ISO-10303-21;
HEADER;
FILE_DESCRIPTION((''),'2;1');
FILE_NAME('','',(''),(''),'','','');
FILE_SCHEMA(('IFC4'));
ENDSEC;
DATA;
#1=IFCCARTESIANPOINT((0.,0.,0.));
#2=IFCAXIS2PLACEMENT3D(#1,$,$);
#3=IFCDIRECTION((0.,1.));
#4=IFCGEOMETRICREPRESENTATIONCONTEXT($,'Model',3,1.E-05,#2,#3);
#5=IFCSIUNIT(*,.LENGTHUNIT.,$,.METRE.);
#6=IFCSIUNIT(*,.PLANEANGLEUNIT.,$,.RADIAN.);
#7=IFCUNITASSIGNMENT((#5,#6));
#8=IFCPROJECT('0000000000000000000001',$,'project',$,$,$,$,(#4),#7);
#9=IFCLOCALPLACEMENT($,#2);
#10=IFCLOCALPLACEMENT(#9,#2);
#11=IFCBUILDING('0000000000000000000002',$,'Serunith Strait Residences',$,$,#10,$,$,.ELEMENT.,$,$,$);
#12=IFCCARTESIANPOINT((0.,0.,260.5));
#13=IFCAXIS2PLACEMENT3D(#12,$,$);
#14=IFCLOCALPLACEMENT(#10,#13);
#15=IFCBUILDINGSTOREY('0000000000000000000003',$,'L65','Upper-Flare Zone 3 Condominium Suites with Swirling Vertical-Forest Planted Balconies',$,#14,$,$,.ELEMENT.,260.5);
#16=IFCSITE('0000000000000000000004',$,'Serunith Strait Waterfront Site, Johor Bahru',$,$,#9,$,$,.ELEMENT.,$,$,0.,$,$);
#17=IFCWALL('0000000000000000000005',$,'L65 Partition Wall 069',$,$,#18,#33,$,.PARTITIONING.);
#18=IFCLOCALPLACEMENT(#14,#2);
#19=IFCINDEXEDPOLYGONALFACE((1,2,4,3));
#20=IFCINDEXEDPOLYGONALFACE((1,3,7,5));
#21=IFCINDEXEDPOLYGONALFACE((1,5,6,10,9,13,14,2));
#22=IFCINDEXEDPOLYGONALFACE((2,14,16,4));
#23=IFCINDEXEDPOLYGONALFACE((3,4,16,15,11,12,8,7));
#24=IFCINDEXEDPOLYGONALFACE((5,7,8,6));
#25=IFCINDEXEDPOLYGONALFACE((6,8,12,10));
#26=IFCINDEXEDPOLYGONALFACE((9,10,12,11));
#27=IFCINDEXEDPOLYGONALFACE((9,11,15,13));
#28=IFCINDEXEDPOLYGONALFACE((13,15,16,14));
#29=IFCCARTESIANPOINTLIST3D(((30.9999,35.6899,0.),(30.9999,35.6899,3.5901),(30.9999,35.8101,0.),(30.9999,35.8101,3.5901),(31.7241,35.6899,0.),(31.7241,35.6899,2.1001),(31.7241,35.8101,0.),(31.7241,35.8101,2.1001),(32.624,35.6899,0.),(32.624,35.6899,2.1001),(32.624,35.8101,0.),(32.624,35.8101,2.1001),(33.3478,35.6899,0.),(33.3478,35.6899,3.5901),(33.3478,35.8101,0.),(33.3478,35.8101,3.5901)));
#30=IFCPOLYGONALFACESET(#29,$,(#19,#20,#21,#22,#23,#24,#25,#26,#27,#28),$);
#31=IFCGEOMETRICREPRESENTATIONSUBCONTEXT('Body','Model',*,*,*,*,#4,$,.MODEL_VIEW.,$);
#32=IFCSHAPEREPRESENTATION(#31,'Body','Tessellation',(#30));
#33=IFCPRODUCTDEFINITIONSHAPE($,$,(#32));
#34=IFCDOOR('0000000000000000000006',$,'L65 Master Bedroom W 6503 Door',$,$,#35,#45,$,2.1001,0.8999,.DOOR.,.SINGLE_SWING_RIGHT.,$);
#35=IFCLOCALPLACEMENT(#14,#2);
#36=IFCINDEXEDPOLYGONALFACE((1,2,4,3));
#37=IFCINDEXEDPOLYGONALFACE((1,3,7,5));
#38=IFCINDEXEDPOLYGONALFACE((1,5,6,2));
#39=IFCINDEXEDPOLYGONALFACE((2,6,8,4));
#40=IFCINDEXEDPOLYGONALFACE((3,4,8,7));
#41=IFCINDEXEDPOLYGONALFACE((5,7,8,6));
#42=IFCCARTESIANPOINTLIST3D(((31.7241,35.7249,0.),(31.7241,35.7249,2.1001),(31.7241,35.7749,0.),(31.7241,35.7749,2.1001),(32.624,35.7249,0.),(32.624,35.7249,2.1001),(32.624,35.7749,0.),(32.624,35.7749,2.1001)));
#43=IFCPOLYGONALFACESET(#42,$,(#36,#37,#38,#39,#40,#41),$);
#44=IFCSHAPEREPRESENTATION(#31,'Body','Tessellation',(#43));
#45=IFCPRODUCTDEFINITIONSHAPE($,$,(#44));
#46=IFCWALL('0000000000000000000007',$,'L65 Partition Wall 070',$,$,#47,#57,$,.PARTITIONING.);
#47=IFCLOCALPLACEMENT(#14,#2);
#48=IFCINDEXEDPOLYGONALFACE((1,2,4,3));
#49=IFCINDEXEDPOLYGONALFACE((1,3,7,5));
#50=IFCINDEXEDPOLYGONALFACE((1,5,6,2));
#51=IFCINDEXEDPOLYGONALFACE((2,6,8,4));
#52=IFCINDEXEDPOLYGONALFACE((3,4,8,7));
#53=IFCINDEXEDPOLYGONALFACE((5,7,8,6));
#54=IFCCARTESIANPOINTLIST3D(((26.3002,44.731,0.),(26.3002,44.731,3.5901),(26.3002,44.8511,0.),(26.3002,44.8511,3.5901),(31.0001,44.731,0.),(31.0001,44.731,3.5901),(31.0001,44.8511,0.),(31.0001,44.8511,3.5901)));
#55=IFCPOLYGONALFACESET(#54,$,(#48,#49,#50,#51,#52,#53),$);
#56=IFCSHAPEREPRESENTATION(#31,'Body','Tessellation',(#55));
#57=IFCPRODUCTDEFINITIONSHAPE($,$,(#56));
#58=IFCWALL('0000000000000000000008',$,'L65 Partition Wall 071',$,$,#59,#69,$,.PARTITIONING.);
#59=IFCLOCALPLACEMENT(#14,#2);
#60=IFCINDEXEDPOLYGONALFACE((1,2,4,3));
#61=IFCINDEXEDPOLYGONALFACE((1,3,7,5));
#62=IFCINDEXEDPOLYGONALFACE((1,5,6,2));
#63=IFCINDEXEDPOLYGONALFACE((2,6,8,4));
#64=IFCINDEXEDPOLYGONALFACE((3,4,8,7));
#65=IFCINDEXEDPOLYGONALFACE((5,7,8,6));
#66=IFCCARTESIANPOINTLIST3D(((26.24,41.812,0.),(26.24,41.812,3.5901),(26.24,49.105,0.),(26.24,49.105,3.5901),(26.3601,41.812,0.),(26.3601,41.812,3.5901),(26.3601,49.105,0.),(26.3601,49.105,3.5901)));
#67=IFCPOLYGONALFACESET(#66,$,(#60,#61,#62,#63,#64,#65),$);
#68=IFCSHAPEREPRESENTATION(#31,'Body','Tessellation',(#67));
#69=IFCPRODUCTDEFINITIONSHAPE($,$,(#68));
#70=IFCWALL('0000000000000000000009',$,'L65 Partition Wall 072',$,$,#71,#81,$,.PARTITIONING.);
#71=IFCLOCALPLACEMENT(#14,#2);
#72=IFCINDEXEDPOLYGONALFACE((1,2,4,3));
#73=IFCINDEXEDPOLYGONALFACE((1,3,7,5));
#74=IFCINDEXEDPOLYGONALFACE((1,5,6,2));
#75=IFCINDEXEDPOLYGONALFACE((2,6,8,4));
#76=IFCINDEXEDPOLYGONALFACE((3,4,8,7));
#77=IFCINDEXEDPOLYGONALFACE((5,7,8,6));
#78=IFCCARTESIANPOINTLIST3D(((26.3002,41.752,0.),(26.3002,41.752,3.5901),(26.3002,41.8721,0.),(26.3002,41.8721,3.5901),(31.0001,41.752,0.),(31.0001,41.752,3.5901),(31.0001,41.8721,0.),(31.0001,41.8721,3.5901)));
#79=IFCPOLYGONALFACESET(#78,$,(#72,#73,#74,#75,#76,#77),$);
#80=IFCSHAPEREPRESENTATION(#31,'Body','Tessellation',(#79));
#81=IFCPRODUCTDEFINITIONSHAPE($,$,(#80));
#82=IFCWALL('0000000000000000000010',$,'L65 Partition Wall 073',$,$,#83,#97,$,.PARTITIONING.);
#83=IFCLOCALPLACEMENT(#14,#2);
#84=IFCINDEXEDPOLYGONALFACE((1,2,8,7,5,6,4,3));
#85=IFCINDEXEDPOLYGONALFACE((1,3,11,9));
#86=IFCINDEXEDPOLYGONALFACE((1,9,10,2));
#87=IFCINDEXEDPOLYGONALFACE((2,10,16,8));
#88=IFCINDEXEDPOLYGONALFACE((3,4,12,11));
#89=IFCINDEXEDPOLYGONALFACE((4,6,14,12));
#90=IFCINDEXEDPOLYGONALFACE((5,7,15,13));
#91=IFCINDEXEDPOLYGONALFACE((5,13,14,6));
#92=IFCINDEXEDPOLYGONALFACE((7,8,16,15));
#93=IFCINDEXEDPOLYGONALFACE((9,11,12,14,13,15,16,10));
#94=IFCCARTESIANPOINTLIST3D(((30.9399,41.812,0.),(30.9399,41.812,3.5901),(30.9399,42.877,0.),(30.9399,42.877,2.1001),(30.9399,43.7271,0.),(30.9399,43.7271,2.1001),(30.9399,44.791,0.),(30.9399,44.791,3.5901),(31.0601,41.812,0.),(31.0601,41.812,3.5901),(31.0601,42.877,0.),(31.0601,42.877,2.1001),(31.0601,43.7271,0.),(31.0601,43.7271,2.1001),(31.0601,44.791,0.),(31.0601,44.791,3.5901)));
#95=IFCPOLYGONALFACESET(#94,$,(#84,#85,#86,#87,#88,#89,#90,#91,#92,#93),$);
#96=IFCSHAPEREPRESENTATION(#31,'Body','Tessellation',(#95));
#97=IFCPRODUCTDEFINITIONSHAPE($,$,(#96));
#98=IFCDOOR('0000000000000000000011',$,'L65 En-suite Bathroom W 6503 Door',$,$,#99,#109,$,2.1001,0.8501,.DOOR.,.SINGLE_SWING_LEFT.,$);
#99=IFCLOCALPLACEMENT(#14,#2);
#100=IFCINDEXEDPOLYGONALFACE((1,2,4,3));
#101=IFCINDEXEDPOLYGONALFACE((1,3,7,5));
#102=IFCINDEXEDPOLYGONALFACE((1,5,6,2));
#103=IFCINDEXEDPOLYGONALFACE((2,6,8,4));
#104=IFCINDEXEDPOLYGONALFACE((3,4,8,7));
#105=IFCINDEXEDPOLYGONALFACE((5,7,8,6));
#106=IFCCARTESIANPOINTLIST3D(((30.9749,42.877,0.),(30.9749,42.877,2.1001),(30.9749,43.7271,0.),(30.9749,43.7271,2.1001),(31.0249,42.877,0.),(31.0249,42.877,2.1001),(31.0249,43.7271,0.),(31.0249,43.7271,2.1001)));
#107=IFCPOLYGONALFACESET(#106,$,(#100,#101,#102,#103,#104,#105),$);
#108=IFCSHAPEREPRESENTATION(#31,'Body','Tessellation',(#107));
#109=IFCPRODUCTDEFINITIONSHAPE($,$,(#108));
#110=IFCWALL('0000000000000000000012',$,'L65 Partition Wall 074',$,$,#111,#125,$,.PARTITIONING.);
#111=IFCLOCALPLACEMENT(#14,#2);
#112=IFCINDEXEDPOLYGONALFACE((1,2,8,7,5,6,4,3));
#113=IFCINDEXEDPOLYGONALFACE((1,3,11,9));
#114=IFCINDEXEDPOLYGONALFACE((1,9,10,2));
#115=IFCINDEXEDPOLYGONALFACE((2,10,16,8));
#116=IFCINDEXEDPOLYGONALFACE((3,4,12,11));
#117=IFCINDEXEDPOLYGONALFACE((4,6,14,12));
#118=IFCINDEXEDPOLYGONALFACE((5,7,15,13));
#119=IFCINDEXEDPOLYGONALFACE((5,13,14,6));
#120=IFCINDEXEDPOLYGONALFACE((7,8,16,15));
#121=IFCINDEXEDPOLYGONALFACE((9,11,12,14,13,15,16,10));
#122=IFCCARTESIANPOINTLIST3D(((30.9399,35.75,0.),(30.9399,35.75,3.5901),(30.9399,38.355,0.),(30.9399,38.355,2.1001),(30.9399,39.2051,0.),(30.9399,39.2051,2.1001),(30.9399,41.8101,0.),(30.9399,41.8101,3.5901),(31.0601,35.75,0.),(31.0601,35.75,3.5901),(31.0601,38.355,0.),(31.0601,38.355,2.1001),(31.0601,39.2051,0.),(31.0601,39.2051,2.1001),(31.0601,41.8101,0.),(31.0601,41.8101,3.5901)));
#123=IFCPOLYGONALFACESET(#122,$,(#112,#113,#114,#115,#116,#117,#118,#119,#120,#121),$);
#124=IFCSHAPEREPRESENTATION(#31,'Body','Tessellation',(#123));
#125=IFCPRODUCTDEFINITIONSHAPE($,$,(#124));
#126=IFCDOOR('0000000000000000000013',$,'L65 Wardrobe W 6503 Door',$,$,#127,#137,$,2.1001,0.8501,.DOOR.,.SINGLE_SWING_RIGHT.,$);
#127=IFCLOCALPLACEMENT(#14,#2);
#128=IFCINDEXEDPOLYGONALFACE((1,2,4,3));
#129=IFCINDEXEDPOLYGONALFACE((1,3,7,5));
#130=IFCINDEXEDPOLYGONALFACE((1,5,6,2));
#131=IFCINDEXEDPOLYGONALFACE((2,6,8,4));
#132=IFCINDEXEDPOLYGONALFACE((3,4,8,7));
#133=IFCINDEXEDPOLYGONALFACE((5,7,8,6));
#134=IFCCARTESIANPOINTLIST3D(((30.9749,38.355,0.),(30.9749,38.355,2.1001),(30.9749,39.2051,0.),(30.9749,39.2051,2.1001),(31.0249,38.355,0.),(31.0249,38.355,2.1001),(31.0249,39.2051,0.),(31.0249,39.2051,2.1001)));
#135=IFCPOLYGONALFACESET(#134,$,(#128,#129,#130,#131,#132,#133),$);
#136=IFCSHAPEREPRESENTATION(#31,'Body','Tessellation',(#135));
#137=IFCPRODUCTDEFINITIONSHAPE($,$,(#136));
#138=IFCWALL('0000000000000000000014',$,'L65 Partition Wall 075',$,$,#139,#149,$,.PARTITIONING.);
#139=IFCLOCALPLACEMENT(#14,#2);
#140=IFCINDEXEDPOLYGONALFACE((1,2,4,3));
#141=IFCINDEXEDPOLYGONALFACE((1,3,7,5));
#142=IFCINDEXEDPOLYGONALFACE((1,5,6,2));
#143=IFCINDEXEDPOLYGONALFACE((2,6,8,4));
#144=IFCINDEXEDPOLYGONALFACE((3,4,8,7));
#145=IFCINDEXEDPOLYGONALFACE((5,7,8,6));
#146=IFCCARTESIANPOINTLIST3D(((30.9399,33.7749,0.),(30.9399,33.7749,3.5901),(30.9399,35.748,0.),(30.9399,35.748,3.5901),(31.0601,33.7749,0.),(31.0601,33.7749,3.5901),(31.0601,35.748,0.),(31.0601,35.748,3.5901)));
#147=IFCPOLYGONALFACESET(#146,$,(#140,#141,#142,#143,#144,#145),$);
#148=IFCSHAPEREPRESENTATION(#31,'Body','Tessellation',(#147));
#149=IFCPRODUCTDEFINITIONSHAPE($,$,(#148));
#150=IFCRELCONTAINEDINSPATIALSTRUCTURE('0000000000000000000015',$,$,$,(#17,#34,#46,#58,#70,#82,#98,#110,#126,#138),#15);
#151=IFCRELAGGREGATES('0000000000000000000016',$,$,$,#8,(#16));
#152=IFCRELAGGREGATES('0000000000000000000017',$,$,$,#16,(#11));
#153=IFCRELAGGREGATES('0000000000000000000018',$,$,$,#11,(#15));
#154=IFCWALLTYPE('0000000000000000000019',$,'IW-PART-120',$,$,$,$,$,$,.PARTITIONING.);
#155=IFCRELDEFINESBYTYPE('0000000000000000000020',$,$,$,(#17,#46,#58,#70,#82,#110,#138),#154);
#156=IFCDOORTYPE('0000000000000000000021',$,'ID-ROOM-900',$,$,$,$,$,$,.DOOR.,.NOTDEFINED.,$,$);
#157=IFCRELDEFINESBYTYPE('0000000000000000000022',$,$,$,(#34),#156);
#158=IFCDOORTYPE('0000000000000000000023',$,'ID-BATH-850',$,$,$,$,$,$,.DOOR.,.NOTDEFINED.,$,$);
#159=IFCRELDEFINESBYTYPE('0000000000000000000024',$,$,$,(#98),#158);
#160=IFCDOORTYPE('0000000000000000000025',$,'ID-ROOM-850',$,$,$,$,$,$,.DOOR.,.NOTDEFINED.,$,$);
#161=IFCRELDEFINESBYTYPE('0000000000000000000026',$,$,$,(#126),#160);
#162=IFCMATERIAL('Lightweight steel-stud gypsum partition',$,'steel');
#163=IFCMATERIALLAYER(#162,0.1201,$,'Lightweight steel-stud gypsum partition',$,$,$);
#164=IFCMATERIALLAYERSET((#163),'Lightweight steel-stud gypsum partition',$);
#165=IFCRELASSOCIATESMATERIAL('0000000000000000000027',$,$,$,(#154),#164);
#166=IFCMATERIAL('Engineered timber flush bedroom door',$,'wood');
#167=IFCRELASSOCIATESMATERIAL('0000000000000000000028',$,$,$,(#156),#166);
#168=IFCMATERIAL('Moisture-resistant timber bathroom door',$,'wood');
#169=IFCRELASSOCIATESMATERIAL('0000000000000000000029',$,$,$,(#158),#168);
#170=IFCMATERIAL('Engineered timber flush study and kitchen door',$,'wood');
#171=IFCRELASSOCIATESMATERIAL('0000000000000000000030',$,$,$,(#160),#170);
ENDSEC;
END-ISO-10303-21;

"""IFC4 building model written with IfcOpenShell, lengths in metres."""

from ifc_helpers import new_model, si_unit, direction, frame, frame_2d, origin, place, context, subcontext, project, spatial, rectangle, extrude, source, transform, mapped, material, layer, layer_set, type_object, element, fill, save


model = new_model("IFC4")

# Units and contexts
model_context = context("Model", 3, precision=1e-05, world=origin(), true_north=direction((0.0, 1.0)))
body_context = subcontext(model_context, "Body", "Model", "MODEL_VIEW")
ifc_project = project(units=[si_unit("LENGTHUNIT", "METRE"), si_unit("PLANEANGLEUNIT", "RADIAN")], contexts=[model_context])

# Site, building, storey
site_placement = place(None, origin())
site = spatial("IfcSite", under=ifc_project, at=site_placement, Name="Serunith Strait Waterfront Site, Johor Bahru", CompositionType="ELEMENT", RefElevation=0.0)
building_placement = place(site_placement, origin())
building = spatial("IfcBuilding", under=site, at=building_placement, Name="Serunith Strait Residences", CompositionType="ELEMENT")
storey_placement = place(building_placement, frame((0.0, 0.0, 260.5)))
storey = spatial("IfcBuildingStorey", under=building, at=storey_placement, Name="L65", Description="Upper-Flare Zone 3 Condominium Suites with Swirling Vertical-Forest Planted Balconies", CompositionType="ELEMENT", Elevation=260.5)

# Wall, opening, door
ifc_material_1 = material(Name="Lightweight steel-stud gypsum partition", Category="steel")
ifc_layer_1 = layer(ifc_material_1, 0.1201, Name="Lightweight steel-stud gypsum partition")
ifc_layer_set_1 = layer_set([ifc_layer_1], Name="Lightweight steel-stud gypsum partition")
wall_type_1 = type_object("IfcWallType", Name="IW-PART-120", PredefinedType="PARTITIONING", material=ifc_layer_set_1)
wall_1_placement = place(storey_placement, frame((31.0, 35.75, 0.0), z_axis=(0.0, 0.0, 1.0), x_axis=(1.0, 0.0, 0.0)))
wall_1 = element("IfcWall", 1, at=wall_1_placement, inside=storey, type_object=wall_type_1, Name="L65 Partition Wall 069", PredefinedType="PARTITIONING", context=body_context, shape_type="SweptSolid", body=[
    extrude(rectangle(XDim=2.3479, YDim=0.1201, at=frame_2d((1.1738, 0.0))), origin(), (0.0, 0.0, 1.0), 3.5901),
])
opening_1_placement = place(wall_1_placement, frame((0.7241, 0.0, 0.0)))
opening_1 = element("IfcOpeningElement", 2, at=opening_1_placement, cuts=wall_1, PredefinedType="OPENING", context=body_context, shape_type="SweptSolid", body=[
    extrude(rectangle(XDim=0.8999, YDim=2.1001, at=frame_2d((0.45, 1.05))), frame((0.0, 0.0701, 0.0), z_axis=(0.0, -1.0, 0.0), x_axis=(1.0, 0.0, 0.0)), (0.0, 0.0, 1.0), 0.1401),
])
ifc_material_2 = material(Name="Engineered timber flush bedroom door", Category="wood")
door_type_1 = type_object("IfcDoorType", Name="ID-ROOM-900", OperationType="NOTDEFINED", PredefinedType="DOOR", material=ifc_material_2)
shared_shape_1 = source(origin(), body_context, "Body", "SweptSolid", [
    extrude(rectangle(XDim=0.8999, YDim=2.1001, at=frame_2d((0.45, 1.05))), frame((0.0, 0.0249, 0.0), z_axis=(0.0, -1.0, 0.0), x_axis=(1.0, 0.0, 0.0)), (0.0, 0.0, 1.0), 0.05),
])
door_1_placement = place(opening_1_placement, origin())
door_1 = element("IfcDoor", 3, at=door_1_placement, inside=storey, type_object=door_type_1, Name="L65 Master Bedroom W 6503 Door", OperationType="SINGLE_SWING_RIGHT", OverallHeight=2.1001, OverallWidth=0.8999, PredefinedType="DOOR", context=body_context, shape_type="MappedRepresentation", body=[
    mapped(shared_shape_1, transform((0.0, 0.0, 0.0), scale=1.0)),
])
fill(opening_1, door_1)

# Walls
wall_2_placement = place(storey_placement, frame((26.3, 44.791, 0.0), z_axis=(0.0, 0.0, 1.0), x_axis=(1.0, 0.0, 0.0)))
element("IfcWall", 4, at=wall_2_placement, inside=storey, type_object=wall_type_1, Name="L65 Partition Wall 070", PredefinedType="PARTITIONING", context=body_context, shape_type="SweptSolid", body=[
    extrude(rectangle(XDim=4.7, YDim=0.1201, at=frame_2d((2.3501, 0.0))), origin(), (0.0, 0.0, 1.0), 3.5901),
])
wall_3_placement = place(storey_placement, frame((26.3, 49.105, 0.0), z_axis=(0.0, 0.0, 1.0), x_axis=(0.0, -1.0, 0.0)))
element("IfcWall", 5, at=wall_3_placement, inside=storey, type_object=wall_type_1, Name="L65 Partition Wall 071", PredefinedType="PARTITIONING", context=body_context, shape_type="SweptSolid", body=[
    extrude(rectangle(XDim=7.293, YDim=0.1201, at=frame_2d((3.6465, 0.0))), origin(), (0.0, 0.0, 1.0), 3.5901),
])
wall_4_placement = place(storey_placement, frame((26.3, 41.812, 0.0), z_axis=(0.0, 0.0, 1.0), x_axis=(1.0, 0.0, 0.0)))
element("IfcWall", 6, at=wall_4_placement, inside=storey, type_object=wall_type_1, Name="L65 Partition Wall 072", PredefinedType="PARTITIONING", context=body_context, shape_type="SweptSolid", body=[
    extrude(rectangle(XDim=4.7, YDim=0.1201, at=frame_2d((2.3501, 0.0))), origin(), (0.0, 0.0, 1.0), 3.5901),
])

# Walls, openings, doors
wall_5_placement = place(storey_placement, frame((31.0, 44.791, 0.0), z_axis=(0.0, 0.0, 1.0), x_axis=(0.0, -1.0, 0.0)))
wall_5 = element("IfcWall", 7, at=wall_5_placement, inside=storey, type_object=wall_type_1, Name="L65 Partition Wall 073", PredefinedType="PARTITIONING", context=body_context, shape_type="SweptSolid", body=[
    extrude(rectangle(XDim=2.979, YDim=0.1201, at=frame_2d((1.4895, 0.0))), origin(), (0.0, 0.0, 1.0), 3.5901),
])
opening_2_placement = place(wall_5_placement, frame((1.064, 0.0, 0.0)))
opening_2 = element("IfcOpeningElement", 8, at=opening_2_placement, cuts=wall_5, PredefinedType="OPENING", context=body_context, shape_type="SweptSolid", body=[
    extrude(rectangle(XDim=0.8501, YDim=2.1001, at=frame_2d((0.425, 1.05))), frame((0.0, 0.0701, 0.0), z_axis=(0.0, -1.0, 0.0), x_axis=(1.0, 0.0, 0.0)), (0.0, 0.0, 1.0), 0.1401),
])
ifc_material_3 = material(Name="Moisture-resistant timber bathroom door", Category="wood")
door_type_2 = type_object("IfcDoorType", Name="ID-BATH-850", OperationType="NOTDEFINED", PredefinedType="DOOR", material=ifc_material_3)
shared_shape_2 = source(origin(), body_context, "Body", "SweptSolid", [
    extrude(rectangle(XDim=0.8501, YDim=2.1001, at=frame_2d((0.425, 1.05))), frame((0.0, 0.0249, 0.0), z_axis=(0.0, -1.0, 0.0), x_axis=(1.0, 0.0, 0.0)), (0.0, 0.0, 1.0), 0.05),
])
door_2_placement = place(opening_2_placement, origin())
door_2 = element("IfcDoor", 9, at=door_2_placement, inside=storey, type_object=door_type_2, Name="L65 En-suite Bathroom W 6503 Door", OperationType="SINGLE_SWING_LEFT", OverallHeight=2.1001, OverallWidth=0.8501, PredefinedType="DOOR", context=body_context, shape_type="MappedRepresentation", body=[
    mapped(shared_shape_2, transform((0.0, 0.0, 0.0), scale=1.0)),
])
fill(opening_2, door_2)
wall_6_placement = place(storey_placement, frame((31.0, 41.8101, 0.0), z_axis=(0.0, 0.0, 1.0), x_axis=(0.0, -1.0, 0.0)))
wall_6 = element("IfcWall", 10, at=wall_6_placement, inside=storey, type_object=wall_type_1, Name="L65 Partition Wall 074", PredefinedType="PARTITIONING", context=body_context, shape_type="SweptSolid", body=[
    extrude(rectangle(XDim=6.0601, YDim=0.1201, at=frame_2d((3.03, 0.0))), origin(), (0.0, 0.0, 1.0), 3.5901),
])
opening_3_placement = place(wall_6_placement, frame((2.605, 0.0, 0.0)))
opening_3 = element("IfcOpeningElement", 11, at=opening_3_placement, cuts=wall_6, PredefinedType="OPENING", context=body_context, shape_type="SweptSolid", body=[
    extrude(rectangle(XDim=0.8501, YDim=2.1001, at=frame_2d((0.425, 1.05))), frame((0.0, 0.0701, 0.0), z_axis=(0.0, -1.0, 0.0), x_axis=(1.0, 0.0, 0.0)), (0.0, 0.0, 1.0), 0.1401),
])
ifc_material_4 = material(Name="Engineered timber flush study and kitchen door", Category="wood")
door_type_3 = type_object("IfcDoorType", Name="ID-ROOM-850", OperationType="NOTDEFINED", PredefinedType="DOOR", material=ifc_material_4)
door_3_placement = place(opening_3_placement, origin())
door_3 = element("IfcDoor", 12, at=door_3_placement, inside=storey, type_object=door_type_3, Name="L65 Wardrobe W 6503 Door", OperationType="SINGLE_SWING_RIGHT", OverallHeight=2.1001, OverallWidth=0.8501, PredefinedType="DOOR", context=body_context, shape_type="MappedRepresentation", body=[
    mapped(shared_shape_2, transform((0.0, 0.0, 0.0), scale=1.0)),
])
fill(opening_3, door_3)

# Wall
wall_7_placement = place(storey_placement, frame((31.0, 35.748, 0.0), z_axis=(0.0, 0.0, 1.0), x_axis=(0.0, -1.0, 0.0)))
element("IfcWall", 13, at=wall_7_placement, inside=storey, type_object=wall_type_1, Name="L65 Partition Wall 075", PredefinedType="PARTITIONING", context=body_context, shape_type="SweptSolid", body=[
    extrude(rectangle(XDim=1.9731, YDim=0.1201, at=frame_2d((0.9866, 0.0))), origin(), (0.0, 0.0, 1.0), 3.5901),
])

save(model, "model.ifc")
